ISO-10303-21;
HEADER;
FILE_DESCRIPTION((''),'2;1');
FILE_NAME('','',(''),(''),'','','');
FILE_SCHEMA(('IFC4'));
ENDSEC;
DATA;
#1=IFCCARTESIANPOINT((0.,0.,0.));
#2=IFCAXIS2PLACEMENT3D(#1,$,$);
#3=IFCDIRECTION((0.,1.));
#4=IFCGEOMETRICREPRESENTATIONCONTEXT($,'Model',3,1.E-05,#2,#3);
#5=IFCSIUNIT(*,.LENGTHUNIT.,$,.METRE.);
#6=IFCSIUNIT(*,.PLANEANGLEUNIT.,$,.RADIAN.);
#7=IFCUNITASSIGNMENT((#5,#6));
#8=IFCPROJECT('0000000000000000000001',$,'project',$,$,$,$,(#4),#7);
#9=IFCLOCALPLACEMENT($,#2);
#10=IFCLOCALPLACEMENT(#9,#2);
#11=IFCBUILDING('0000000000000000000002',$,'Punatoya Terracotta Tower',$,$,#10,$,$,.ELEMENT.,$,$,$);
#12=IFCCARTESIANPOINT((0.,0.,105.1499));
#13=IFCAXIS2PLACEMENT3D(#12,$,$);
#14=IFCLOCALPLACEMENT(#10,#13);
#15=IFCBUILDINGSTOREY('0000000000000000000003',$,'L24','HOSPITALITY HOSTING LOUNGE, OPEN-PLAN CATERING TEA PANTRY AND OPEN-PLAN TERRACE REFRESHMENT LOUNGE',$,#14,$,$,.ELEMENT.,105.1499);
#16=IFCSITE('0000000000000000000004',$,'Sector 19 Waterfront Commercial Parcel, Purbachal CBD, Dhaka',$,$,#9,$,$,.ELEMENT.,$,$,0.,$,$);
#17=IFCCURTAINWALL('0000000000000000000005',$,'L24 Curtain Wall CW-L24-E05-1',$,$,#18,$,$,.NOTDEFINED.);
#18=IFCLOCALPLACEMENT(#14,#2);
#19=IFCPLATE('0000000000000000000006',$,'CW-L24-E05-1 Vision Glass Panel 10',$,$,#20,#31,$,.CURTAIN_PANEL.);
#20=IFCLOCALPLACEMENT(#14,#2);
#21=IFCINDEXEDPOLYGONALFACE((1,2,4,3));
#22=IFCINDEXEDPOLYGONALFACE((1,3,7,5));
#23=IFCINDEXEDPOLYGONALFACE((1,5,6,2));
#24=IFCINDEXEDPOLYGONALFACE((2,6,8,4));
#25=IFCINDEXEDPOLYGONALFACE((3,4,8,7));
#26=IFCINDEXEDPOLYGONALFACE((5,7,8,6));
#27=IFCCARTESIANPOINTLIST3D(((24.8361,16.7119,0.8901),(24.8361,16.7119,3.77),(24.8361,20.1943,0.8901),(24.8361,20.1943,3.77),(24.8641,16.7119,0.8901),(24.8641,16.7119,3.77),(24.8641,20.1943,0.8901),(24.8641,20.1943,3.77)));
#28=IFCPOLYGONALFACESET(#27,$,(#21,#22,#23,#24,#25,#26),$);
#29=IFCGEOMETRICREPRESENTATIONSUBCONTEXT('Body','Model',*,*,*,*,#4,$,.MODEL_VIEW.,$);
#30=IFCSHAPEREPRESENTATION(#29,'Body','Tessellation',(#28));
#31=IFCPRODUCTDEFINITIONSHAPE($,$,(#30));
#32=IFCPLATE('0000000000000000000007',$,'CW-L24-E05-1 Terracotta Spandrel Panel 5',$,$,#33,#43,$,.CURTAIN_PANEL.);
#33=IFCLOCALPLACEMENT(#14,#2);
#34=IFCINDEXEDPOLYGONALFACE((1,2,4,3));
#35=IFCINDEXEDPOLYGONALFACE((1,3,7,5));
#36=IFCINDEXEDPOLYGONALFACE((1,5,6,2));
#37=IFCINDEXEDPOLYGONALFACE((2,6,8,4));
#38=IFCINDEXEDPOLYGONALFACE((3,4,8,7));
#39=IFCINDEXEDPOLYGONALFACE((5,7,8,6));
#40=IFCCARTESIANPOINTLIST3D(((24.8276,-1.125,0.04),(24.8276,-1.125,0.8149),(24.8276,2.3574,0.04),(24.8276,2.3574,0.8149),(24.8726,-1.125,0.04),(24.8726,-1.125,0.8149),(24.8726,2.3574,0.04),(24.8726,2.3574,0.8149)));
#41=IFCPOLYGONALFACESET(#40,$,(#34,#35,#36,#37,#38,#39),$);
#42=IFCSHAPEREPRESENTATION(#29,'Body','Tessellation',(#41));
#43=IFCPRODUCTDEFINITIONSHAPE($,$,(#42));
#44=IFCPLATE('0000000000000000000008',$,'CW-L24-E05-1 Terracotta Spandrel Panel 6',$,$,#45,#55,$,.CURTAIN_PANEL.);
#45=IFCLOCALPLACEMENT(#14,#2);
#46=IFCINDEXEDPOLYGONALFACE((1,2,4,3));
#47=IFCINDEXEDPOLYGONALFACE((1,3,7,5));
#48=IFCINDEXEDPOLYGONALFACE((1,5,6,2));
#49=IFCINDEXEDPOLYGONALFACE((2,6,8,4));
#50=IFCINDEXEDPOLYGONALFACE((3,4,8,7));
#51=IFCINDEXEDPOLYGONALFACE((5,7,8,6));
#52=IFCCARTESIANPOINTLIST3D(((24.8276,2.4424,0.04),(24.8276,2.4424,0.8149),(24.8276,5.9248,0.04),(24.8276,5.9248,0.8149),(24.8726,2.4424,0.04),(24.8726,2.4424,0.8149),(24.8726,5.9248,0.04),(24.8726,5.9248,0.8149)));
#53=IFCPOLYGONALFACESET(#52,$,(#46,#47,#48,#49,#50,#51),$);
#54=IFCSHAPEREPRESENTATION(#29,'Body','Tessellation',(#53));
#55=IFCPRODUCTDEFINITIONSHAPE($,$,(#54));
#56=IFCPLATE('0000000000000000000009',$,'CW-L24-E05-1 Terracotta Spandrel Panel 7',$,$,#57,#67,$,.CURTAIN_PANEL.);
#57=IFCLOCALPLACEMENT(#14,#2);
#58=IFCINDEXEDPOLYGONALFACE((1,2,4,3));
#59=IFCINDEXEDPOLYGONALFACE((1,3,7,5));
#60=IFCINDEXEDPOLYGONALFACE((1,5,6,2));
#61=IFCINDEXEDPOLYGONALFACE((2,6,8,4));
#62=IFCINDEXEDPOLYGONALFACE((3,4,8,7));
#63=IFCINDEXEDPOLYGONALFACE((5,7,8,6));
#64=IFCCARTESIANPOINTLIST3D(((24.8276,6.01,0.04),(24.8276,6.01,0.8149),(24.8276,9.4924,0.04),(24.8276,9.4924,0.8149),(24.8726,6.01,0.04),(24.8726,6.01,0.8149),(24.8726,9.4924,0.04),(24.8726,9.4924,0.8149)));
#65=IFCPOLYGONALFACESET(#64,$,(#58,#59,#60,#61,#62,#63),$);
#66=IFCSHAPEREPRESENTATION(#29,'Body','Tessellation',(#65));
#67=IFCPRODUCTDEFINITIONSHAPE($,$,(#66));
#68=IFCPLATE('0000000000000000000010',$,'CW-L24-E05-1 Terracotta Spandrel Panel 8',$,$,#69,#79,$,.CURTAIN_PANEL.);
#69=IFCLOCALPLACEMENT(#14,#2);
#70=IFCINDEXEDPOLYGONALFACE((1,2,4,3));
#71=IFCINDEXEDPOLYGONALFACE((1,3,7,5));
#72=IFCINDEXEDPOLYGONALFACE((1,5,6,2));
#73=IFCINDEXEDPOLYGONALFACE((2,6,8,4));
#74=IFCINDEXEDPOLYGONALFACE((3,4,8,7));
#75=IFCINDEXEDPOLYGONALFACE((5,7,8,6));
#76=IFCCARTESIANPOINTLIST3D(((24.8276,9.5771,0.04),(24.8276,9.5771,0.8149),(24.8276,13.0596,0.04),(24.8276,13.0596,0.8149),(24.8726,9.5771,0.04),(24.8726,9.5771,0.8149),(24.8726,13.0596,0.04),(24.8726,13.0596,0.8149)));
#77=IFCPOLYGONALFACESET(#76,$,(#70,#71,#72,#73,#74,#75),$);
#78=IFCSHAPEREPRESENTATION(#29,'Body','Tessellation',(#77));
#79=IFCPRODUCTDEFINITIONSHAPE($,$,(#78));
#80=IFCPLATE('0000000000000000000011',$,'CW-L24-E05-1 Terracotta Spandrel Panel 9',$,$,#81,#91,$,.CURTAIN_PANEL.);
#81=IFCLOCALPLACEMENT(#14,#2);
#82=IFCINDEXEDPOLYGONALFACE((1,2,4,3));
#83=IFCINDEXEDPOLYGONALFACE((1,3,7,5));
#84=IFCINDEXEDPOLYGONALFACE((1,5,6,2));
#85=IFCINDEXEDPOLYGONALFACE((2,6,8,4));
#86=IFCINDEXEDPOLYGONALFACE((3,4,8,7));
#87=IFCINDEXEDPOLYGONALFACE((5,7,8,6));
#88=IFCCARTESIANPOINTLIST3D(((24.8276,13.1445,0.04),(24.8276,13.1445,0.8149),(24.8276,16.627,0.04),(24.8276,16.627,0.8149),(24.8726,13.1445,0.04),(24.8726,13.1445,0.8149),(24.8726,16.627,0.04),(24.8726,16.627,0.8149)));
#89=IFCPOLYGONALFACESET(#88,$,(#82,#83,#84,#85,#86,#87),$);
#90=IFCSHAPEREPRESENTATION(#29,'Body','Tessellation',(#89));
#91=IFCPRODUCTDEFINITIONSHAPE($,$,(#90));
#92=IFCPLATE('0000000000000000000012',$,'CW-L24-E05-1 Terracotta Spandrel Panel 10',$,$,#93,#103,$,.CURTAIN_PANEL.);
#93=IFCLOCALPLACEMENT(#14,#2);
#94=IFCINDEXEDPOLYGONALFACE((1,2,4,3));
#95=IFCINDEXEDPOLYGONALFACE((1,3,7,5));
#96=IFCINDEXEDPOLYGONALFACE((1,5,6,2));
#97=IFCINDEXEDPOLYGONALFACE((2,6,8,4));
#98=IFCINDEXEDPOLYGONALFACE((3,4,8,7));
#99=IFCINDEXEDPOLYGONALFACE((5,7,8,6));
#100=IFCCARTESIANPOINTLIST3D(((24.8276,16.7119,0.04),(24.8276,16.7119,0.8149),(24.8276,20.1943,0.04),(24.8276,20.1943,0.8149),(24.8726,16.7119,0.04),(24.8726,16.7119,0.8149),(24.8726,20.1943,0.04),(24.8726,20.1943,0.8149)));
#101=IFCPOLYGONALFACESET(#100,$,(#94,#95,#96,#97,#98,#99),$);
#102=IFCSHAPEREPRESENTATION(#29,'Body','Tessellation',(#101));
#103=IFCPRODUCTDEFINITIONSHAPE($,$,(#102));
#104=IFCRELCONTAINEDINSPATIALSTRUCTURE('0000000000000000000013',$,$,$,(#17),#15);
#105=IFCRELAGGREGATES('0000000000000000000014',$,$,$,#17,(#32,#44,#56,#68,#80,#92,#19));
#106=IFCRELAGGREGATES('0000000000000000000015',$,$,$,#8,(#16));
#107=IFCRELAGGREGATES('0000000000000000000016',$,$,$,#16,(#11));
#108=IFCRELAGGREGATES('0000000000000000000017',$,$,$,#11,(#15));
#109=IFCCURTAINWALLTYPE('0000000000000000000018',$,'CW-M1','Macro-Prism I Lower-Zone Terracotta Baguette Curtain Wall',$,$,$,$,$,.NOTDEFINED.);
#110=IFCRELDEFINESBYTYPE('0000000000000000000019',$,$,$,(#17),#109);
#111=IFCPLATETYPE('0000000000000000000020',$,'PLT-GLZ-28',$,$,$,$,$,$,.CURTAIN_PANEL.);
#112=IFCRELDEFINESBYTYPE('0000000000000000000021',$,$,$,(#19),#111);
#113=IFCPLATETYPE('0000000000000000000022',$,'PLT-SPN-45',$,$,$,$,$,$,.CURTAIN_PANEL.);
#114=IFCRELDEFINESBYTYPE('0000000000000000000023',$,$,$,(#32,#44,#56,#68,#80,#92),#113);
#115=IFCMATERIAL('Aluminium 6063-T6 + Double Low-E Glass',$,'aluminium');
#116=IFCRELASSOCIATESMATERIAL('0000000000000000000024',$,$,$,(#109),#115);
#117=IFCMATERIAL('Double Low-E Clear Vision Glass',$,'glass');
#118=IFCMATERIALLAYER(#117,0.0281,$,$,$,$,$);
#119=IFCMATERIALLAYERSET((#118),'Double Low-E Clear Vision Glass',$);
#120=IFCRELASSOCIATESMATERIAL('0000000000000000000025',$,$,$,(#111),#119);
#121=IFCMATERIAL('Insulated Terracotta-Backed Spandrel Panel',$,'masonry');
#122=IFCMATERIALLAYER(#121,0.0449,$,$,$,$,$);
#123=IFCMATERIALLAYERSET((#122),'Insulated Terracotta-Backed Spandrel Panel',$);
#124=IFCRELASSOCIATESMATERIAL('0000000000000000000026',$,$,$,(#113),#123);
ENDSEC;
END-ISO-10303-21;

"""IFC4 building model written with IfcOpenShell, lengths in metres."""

from ifc_helpers import new_model, si_unit, direction, frame, origin, origin_2d, place, context, subcontext, project, spatial, rectangle, extrude, material, layer, layer_set, type_object, element, aggregate, save


model = new_model("IFC4")

# Units and contexts
model_context = context("Model", 3, precision=1e-05, world=origin(), true_north=direction((0.0, 1.0)))
body_context = subcontext(model_context, "Body", "Model", "MODEL_VIEW")
ifc_project = project(units=[si_unit("LENGTHUNIT", "METRE"), si_unit("PLANEANGLEUNIT", "RADIAN")], contexts=[model_context])

# Site, building, storey
site_placement = place(None, origin())
site = spatial("IfcSite", under=ifc_project, at=site_placement, Name="Sector 19 Waterfront Commercial Parcel, Purbachal CBD, Dhaka", CompositionType="ELEMENT", RefElevation=0.0)
building_placement = place(site_placement, origin())
building = spatial("IfcBuilding", under=site, at=building_placement, Name="Punatoya Terracotta Tower", CompositionType="ELEMENT")
storey_placement = place(building_placement, frame((0.0, 0.0, 105.1499)))
storey = spatial("IfcBuildingStorey", under=building, at=storey_placement, Name="L24", Description="HOSPITALITY HOSTING LOUNGE, OPEN-PLAN CATERING TEA PANTRY AND OPEN-PLAN TERRACE REFRESHMENT LOUNGE", CompositionType="ELEMENT", Elevation=105.1499)

# Curtain wall
ifc_material_1 = material(Name="Aluminium 6063-T6 + Double Low-E Glass", Category="aluminium")
curtain_wall_type = type_object("IfcCurtainWallType", Name="CW-M1", Description="Macro-Prism I Lower-Zone Terracotta Baguette Curtain Wall", PredefinedType="NOTDEFINED", material=ifc_material_1)
curtain_wall_1_placement = place(storey_placement, origin())
curtain_wall_1 = element("IfcCurtainWall", 1, at=curtain_wall_1_placement, inside=storey, type_object=curtain_wall_type, Name="L24 Curtain Wall CW-L24-E05-1", PredefinedType="NOTDEFINED")

# Plates
ifc_material_2 = material(Name="Double Low-E Clear Vision Glass", Category="glass")
ifc_layer_1 = layer(ifc_material_2, 0.0281)
ifc_layer_set_1 = layer_set([ifc_layer_1], Name="Double Low-E Clear Vision Glass")
plate_type_1 = type_object("IfcPlateType", Name="PLT-GLZ-28", PredefinedType="CURTAIN_PANEL", material=ifc_layer_set_1)
plate_1_placement = place(storey_placement, frame((24.8501, 18.4531, 0.8901), z_axis=(0.0, 0.0, 1.0), x_axis=(0.0, 1.0, 0.0)))
plate_1 = element("IfcPlate", 2, at=plate_1_placement, type_object=plate_type_1, Name="CW-L24-E05-1 Vision Glass Panel 10", PredefinedType="CURTAIN_PANEL", context=body_context, shape_type="SweptSolid", body=[
    extrude(rectangle(XDim=3.4824, YDim=0.0281, at=origin_2d()), origin(), (0.0, 0.0, 1.0), 2.8799),
])
ifc_material_3 = material(Name="Insulated Terracotta-Backed Spandrel Panel", Category="masonry")
ifc_layer_2 = layer(ifc_material_3, 0.0449)
ifc_layer_set_2 = layer_set([ifc_layer_2], Name="Insulated Terracotta-Backed Spandrel Panel")
plate_type_2 = type_object("IfcPlateType", Name="PLT-SPN-45", PredefinedType="CURTAIN_PANEL", material=ifc_layer_set_2)
plate_2_placement = place(storey_placement, frame((24.8501, 0.6162, 0.04), z_axis=(0.0, 0.0, 1.0), x_axis=(0.0, 1.0, 0.0)))
plate_2 = element("IfcPlate", 3, at=plate_2_placement, type_object=plate_type_2, Name="CW-L24-E05-1 Terracotta Spandrel Panel 5", PredefinedType="CURTAIN_PANEL", context=body_context, shape_type="SweptSolid", body=[
    extrude(rectangle(XDim=3.4824, YDim=0.0449, at=origin_2d()), origin(), (0.0, 0.0, 1.0), 0.7749),
])
plate_3_placement = place(storey_placement, frame((24.8501, 4.1836, 0.04), z_axis=(0.0, 0.0, 1.0), x_axis=(0.0, 1.0, 0.0)))
plate_3 = element("IfcPlate", 4, at=plate_3_placement, type_object=plate_type_2, Name="CW-L24-E05-1 Terracotta Spandrel Panel 6", PredefinedType="CURTAIN_PANEL", context=body_context, shape_type="SweptSolid", body=[
    extrude(rectangle(XDim=3.4824, YDim=0.0449, at=origin_2d()), origin(), (0.0, 0.0, 1.0), 0.7749),
])
plate_4_placement = place(storey_placement, frame((24.8501, 7.7512, 0.04), z_axis=(0.0, 0.0, 1.0), x_axis=(0.0, 1.0, 0.0)))
plate_4 = element("IfcPlate", 5, at=plate_4_placement, type_object=plate_type_2, Name="CW-L24-E05-1 Terracotta Spandrel Panel 7", PredefinedType="CURTAIN_PANEL", context=body_context, shape_type="SweptSolid", body=[
    extrude(rectangle(XDim=3.4824, YDim=0.0449, at=origin_2d()), origin(), (0.0, 0.0, 1.0), 0.7749),
])
plate_5_placement = place(storey_placement, frame((24.8501, 11.3184, 0.04), z_axis=(0.0, 0.0, 1.0), x_axis=(0.0, 1.0, 0.0)))
plate_5 = element("IfcPlate", 6, at=plate_5_placement, type_object=plate_type_2, Name="CW-L24-E05-1 Terracotta Spandrel Panel 8", PredefinedType="CURTAIN_PANEL", context=body_context, shape_type="SweptSolid", body=[
    extrude(rectangle(XDim=3.4824, YDim=0.0449, at=origin_2d()), origin(), (0.0, 0.0, 1.0), 0.7749),
])
plate_6_placement = place(storey_placement, frame((24.8501, 14.8857, 0.04), z_axis=(0.0, 0.0, 1.0), x_axis=(0.0, 1.0, 0.0)))
plate_6 = element("IfcPlate", 7, at=plate_6_placement, type_object=plate_type_2, Name="CW-L24-E05-1 Terracotta Spandrel Panel 9", PredefinedType="CURTAIN_PANEL", context=body_context, shape_type="SweptSolid", body=[
    extrude(rectangle(XDim=3.4824, YDim=0.0449, at=origin_2d()), origin(), (0.0, 0.0, 1.0), 0.7749),
])
plate_7_placement = place(storey_placement, frame((24.8501, 18.4531, 0.04), z_axis=(0.0, 0.0, 1.0), x_axis=(0.0, 1.0, 0.0)))
plate_7 = element("IfcPlate", 8, at=plate_7_placement, type_object=plate_type_2, Name="CW-L24-E05-1 Terracotta Spandrel Panel 10", PredefinedType="CURTAIN_PANEL", context=body_context, shape_type="SweptSolid", body=[
    extrude(rectangle(XDim=3.4824, YDim=0.0449, at=origin_2d()), origin(), (0.0, 0.0, 1.0), 0.7749),
])
aggregate(curtain_wall_1, [plate_2, plate_3, plate_4, plate_5, plate_6, plate_7, plate_1])

save(model, "model.ifc")
